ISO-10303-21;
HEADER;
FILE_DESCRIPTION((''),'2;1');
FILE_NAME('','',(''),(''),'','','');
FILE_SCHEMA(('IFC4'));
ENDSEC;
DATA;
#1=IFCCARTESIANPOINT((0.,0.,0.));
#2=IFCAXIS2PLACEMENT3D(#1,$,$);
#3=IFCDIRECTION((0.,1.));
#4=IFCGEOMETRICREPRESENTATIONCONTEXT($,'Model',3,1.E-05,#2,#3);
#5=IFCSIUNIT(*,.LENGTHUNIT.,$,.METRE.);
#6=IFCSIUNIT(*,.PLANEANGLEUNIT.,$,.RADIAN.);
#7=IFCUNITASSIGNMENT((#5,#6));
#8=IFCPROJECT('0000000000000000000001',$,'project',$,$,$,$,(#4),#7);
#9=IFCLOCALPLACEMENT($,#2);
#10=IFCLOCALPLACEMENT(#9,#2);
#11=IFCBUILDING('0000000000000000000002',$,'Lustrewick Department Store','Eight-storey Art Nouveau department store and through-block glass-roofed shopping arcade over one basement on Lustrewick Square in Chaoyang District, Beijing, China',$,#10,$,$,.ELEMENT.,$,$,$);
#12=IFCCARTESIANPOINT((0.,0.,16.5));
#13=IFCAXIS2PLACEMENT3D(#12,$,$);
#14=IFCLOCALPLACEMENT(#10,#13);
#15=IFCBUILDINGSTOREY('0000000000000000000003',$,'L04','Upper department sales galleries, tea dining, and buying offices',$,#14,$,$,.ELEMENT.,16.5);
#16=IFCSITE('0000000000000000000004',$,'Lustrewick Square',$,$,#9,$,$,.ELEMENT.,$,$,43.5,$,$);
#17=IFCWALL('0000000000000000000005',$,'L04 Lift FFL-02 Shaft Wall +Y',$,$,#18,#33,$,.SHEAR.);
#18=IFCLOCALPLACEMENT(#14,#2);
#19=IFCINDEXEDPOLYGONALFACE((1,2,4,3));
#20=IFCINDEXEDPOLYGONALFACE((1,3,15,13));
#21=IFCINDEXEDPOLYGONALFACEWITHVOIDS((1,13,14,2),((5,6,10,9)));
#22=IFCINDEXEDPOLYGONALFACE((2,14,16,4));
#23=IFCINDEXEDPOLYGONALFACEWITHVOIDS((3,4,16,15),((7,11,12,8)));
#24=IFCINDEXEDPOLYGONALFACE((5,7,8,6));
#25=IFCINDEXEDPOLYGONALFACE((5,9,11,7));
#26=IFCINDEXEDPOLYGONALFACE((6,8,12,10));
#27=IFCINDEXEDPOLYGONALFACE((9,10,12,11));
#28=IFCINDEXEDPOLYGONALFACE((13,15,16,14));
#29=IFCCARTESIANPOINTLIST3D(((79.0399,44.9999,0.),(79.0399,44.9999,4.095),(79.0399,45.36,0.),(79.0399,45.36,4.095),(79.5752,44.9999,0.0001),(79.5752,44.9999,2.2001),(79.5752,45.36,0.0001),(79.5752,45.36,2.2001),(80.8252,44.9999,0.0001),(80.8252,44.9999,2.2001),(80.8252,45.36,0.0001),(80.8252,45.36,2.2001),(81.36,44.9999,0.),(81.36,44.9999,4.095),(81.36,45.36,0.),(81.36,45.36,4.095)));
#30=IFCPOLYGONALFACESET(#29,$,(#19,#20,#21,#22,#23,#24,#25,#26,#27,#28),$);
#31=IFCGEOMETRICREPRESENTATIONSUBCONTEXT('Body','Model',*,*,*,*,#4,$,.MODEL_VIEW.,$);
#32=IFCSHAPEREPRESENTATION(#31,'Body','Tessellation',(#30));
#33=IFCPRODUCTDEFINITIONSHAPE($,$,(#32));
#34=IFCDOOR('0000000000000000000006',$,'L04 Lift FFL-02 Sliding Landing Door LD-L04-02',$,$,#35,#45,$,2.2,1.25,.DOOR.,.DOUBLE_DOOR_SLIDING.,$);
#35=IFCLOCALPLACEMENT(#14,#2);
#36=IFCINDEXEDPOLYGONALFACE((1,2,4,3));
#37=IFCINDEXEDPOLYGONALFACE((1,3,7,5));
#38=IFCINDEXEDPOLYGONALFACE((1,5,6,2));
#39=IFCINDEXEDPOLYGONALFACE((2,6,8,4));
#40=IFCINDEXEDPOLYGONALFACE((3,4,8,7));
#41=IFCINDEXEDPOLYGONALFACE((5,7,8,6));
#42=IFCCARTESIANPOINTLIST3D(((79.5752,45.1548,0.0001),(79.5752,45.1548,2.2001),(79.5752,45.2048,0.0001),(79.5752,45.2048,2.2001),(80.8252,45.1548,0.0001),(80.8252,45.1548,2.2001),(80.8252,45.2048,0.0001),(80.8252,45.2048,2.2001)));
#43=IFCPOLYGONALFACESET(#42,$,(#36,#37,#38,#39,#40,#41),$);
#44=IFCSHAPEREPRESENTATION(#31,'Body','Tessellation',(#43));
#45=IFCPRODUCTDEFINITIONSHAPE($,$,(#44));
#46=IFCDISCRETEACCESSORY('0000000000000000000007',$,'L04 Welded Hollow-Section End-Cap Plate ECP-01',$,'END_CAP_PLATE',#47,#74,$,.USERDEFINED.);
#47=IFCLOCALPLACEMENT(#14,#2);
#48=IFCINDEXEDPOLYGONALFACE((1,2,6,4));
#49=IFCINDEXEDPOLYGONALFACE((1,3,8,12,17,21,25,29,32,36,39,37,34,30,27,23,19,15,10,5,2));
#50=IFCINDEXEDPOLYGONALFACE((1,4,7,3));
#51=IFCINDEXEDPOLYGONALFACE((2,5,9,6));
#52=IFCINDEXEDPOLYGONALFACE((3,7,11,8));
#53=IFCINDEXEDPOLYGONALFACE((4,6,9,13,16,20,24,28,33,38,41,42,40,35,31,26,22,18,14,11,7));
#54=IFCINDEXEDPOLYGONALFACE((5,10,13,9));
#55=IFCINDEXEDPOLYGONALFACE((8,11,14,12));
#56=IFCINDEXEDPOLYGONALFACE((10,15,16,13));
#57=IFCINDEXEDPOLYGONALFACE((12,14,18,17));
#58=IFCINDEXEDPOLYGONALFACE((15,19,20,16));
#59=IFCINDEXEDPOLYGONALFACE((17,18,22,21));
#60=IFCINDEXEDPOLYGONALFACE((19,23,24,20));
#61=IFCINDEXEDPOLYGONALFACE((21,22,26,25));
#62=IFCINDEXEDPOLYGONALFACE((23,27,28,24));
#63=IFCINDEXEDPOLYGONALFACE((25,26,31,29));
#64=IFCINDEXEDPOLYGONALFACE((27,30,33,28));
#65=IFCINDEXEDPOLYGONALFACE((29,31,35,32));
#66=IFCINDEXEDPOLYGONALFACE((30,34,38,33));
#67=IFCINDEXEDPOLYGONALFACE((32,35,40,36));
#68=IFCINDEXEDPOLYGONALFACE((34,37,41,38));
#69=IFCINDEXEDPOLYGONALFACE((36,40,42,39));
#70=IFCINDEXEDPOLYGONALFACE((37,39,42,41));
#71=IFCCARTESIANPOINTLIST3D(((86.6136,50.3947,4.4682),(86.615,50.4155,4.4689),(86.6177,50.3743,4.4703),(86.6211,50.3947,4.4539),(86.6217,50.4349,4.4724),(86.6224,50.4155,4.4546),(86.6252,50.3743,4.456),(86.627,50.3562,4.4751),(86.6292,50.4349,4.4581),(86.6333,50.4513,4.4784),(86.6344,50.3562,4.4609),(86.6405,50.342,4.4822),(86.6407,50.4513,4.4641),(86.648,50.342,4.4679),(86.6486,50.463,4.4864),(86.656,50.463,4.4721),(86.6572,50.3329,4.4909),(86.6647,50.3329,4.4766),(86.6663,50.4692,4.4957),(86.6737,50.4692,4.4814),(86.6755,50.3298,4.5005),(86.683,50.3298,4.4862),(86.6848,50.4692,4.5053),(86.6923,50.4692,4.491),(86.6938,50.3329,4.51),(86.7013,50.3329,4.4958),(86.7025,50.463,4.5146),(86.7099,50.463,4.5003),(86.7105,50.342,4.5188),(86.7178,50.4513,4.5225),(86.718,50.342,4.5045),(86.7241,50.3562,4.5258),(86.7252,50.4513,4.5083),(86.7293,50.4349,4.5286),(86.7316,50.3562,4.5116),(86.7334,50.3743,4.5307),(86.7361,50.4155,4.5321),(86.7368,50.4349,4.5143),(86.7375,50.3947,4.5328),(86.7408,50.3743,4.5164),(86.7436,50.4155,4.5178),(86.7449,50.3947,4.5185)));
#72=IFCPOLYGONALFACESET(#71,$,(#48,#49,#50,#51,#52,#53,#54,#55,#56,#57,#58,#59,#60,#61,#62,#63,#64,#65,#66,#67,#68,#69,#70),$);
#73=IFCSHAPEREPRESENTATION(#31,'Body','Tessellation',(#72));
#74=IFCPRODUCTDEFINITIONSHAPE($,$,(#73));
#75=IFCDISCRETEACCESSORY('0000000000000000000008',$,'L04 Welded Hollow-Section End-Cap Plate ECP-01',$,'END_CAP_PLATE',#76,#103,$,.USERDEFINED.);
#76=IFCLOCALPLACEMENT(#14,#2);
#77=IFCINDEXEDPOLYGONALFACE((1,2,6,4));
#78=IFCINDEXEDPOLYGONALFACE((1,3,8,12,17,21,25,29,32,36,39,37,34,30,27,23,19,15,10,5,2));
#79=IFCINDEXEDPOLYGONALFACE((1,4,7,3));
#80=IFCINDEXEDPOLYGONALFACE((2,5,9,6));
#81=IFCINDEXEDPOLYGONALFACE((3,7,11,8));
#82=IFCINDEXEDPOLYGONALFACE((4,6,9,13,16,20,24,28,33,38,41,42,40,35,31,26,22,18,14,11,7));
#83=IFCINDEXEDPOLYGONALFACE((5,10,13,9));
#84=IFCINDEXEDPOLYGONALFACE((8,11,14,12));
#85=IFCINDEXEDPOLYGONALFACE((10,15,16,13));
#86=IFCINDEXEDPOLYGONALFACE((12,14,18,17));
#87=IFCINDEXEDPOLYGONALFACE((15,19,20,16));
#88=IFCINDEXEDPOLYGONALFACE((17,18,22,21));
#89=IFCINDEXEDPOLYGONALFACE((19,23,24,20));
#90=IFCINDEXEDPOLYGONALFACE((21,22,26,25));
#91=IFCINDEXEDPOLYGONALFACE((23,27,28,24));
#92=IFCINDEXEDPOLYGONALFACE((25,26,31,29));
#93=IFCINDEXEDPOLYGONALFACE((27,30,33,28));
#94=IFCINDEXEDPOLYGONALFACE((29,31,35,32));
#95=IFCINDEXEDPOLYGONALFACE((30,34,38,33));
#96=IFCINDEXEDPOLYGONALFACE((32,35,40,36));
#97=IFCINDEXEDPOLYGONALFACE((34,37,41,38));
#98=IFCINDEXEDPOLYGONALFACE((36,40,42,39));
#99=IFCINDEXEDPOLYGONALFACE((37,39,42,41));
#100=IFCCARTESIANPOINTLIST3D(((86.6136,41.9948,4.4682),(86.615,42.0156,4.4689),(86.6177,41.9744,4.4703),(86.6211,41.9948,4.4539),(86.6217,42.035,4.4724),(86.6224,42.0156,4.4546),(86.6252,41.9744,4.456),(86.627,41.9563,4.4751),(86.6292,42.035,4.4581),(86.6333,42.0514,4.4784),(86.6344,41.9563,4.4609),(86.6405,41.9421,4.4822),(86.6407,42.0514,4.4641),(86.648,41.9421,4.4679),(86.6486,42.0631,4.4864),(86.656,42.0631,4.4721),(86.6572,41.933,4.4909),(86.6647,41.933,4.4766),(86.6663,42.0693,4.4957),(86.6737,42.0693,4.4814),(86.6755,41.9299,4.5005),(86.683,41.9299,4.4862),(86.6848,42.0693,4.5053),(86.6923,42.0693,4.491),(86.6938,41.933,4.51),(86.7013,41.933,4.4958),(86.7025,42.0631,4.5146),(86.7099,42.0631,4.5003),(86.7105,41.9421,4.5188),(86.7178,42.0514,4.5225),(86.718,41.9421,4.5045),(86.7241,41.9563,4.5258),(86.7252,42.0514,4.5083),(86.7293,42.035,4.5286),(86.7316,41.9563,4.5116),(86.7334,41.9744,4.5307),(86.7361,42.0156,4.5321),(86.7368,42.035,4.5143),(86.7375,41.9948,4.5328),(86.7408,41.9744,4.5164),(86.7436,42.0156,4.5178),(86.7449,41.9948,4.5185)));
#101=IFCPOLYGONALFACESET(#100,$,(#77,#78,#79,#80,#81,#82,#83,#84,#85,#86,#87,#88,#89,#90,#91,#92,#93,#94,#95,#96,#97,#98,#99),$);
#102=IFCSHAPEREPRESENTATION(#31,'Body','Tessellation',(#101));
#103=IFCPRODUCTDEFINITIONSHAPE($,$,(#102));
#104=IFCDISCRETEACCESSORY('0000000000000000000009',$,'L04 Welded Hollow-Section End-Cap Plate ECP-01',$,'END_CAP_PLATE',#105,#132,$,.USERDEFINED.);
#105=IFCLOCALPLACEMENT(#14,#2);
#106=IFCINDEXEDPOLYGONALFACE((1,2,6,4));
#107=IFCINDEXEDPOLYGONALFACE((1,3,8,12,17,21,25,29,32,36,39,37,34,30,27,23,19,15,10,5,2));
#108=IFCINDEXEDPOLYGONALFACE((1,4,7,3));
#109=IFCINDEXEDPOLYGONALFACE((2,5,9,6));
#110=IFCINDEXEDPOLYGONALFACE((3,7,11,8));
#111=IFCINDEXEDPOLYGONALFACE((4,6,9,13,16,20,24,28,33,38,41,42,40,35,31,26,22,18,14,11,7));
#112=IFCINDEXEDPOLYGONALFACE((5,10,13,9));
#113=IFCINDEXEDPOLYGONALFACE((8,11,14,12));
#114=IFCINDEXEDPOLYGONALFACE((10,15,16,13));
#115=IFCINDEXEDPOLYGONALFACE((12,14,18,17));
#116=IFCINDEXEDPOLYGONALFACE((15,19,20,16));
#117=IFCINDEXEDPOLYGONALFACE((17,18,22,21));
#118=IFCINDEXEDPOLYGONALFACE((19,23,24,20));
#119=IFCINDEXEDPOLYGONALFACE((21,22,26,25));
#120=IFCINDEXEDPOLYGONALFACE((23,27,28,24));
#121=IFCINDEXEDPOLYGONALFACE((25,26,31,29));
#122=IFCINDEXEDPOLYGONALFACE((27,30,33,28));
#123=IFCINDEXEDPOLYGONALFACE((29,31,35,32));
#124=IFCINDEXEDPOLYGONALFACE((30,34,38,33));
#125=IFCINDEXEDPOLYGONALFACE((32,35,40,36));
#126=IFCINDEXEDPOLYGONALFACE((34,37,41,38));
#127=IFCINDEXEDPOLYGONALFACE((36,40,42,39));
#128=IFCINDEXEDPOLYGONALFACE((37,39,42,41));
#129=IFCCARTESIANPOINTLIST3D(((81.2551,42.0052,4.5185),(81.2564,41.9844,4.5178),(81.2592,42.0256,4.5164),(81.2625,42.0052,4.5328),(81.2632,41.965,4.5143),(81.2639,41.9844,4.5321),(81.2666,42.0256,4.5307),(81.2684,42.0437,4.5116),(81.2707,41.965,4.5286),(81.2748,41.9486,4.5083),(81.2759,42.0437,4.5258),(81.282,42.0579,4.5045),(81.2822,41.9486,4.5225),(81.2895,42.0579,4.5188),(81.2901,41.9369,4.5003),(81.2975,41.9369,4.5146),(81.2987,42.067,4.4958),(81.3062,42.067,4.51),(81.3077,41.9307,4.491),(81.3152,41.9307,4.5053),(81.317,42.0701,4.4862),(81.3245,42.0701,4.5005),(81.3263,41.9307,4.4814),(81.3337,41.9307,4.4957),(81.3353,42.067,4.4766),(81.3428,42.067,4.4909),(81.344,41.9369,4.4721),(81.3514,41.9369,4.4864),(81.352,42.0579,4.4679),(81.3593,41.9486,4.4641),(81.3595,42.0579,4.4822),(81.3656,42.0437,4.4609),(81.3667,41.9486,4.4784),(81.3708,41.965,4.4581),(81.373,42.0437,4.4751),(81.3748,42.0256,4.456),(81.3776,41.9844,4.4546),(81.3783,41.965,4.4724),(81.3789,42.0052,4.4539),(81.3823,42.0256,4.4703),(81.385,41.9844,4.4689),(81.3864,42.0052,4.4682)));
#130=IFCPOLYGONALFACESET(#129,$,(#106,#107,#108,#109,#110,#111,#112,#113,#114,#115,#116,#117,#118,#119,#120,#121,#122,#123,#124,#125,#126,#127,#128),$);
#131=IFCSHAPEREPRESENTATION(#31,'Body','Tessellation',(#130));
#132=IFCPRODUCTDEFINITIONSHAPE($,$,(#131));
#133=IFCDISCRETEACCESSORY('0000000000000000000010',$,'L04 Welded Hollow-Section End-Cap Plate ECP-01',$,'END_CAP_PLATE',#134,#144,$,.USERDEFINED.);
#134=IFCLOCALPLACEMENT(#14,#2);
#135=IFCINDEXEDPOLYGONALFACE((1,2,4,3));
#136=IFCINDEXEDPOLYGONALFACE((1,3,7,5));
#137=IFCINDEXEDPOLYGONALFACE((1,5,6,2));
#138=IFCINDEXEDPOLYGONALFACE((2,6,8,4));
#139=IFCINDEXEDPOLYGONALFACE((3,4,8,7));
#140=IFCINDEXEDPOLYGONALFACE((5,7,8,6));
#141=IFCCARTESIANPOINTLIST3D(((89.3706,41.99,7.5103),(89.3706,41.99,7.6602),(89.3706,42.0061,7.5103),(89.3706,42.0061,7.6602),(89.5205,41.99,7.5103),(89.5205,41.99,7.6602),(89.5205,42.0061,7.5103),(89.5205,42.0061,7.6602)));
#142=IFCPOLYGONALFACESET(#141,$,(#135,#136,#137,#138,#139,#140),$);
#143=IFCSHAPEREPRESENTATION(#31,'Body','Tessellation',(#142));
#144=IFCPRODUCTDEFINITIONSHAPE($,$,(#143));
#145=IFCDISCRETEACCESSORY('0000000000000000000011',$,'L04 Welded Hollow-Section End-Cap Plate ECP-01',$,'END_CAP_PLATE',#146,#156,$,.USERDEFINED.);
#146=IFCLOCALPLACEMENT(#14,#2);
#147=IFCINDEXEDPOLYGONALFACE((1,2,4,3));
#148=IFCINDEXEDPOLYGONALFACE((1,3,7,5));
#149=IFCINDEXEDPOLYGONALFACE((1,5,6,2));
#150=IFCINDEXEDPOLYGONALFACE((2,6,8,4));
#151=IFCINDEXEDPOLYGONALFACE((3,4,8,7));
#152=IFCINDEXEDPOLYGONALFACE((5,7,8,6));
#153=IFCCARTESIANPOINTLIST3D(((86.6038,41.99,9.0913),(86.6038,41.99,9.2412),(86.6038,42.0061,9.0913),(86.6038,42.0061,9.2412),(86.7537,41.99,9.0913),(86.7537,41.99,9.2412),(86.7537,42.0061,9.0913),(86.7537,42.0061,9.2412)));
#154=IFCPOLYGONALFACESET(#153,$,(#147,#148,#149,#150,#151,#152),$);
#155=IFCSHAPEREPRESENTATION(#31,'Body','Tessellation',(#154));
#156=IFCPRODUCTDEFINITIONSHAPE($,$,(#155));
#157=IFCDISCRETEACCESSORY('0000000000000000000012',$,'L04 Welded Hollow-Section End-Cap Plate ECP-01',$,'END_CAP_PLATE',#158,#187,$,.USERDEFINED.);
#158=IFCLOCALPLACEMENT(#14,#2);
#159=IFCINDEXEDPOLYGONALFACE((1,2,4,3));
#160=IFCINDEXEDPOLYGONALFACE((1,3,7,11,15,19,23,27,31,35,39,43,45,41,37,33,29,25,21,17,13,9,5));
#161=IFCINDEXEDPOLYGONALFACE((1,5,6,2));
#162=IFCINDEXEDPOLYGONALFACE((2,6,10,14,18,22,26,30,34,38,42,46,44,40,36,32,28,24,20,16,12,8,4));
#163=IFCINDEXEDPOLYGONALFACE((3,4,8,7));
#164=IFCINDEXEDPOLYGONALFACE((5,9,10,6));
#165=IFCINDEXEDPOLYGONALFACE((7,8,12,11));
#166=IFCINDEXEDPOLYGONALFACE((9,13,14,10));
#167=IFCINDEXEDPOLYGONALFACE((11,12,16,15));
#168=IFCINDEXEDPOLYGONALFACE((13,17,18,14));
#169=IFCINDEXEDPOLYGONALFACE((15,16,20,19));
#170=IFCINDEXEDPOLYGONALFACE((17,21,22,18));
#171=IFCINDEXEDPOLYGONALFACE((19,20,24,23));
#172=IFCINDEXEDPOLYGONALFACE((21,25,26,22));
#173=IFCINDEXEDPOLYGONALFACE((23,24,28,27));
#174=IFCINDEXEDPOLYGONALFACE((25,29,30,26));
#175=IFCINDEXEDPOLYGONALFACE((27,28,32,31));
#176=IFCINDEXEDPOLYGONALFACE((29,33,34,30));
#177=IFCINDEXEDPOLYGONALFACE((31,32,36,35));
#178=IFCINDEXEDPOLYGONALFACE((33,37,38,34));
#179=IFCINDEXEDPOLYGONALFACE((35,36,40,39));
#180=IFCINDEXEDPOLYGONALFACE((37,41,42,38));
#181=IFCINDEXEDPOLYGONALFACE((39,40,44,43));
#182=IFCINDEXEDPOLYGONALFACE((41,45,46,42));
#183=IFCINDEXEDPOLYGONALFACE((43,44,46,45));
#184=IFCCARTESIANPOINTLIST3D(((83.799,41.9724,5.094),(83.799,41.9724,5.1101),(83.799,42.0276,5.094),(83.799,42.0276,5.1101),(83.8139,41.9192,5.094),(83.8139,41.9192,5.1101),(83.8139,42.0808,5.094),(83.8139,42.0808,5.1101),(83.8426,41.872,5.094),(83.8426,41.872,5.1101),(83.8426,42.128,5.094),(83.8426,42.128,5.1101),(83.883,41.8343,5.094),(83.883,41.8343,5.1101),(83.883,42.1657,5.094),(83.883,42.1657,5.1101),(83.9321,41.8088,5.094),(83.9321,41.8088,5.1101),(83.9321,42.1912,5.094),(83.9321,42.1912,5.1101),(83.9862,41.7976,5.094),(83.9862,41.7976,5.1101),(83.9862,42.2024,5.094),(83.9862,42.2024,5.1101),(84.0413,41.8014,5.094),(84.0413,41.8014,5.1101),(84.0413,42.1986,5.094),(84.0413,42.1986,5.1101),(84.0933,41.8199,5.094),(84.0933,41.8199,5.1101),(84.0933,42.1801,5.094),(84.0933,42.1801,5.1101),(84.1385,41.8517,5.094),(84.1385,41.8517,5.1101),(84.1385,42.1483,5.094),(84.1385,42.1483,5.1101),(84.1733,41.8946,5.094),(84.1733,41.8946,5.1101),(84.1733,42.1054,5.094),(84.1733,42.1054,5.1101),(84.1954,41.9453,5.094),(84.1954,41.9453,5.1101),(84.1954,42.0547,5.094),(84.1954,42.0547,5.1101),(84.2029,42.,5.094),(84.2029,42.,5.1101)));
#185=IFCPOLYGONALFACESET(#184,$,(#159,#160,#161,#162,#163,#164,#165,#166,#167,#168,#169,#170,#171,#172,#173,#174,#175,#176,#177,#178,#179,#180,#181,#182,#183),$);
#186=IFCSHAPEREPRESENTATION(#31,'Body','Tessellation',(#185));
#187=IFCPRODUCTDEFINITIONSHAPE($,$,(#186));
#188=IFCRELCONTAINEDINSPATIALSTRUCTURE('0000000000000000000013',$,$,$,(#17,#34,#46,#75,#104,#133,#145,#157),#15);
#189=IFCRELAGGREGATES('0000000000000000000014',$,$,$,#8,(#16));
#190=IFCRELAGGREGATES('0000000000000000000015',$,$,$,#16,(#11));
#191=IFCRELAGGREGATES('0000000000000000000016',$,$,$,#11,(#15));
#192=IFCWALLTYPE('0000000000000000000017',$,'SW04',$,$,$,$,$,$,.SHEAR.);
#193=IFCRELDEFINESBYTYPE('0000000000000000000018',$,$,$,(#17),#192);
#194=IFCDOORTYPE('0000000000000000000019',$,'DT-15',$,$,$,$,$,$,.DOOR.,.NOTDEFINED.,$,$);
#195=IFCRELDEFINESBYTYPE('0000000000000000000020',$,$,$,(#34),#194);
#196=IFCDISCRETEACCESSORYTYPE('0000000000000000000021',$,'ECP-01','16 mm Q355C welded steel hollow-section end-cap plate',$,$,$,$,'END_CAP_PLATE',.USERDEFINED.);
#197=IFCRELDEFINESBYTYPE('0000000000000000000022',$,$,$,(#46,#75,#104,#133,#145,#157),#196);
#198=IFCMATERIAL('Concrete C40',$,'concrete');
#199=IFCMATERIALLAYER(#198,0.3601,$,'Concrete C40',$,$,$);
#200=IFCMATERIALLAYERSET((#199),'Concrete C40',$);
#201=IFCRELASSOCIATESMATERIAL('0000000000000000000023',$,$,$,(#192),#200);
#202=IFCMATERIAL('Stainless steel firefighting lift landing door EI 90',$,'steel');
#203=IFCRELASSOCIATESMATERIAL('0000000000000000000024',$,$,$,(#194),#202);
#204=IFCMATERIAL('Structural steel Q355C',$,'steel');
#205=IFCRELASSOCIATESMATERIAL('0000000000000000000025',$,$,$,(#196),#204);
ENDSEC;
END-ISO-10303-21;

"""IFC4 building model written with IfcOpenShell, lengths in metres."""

from ifc_helpers import new_model, si_unit, direction, frame, frame_2d, origin, origin_2d, place, context, subcontext, project, spatial, rectangle, circle, extrude, material, layer, layer_set, type_object, element, fill, save


model = new_model("IFC4")

# Units and contexts
model_context = context("Model", 3, precision=1e-05, world=origin(), true_north=direction((0.0, 1.0)))
body_context = subcontext(model_context, "Body", "Model", "MODEL_VIEW")
ifc_project = project(units=[si_unit("LENGTHUNIT", "METRE"), si_unit("PLANEANGLEUNIT", "RADIAN")], contexts=[model_context])

# Site, building, storey
site_placement = place(None, origin())
site = spatial("IfcSite", under=ifc_project, at=site_placement, Name="Lustrewick Square", CompositionType="ELEMENT", RefElevation=43.5)
building_placement = place(site_placement, origin())
building = spatial("IfcBuilding", under=site, at=building_placement, Name="Lustrewick Department Store", Description="Eight-storey Art Nouveau department store and through-block glass-roofed shopping arcade over one basement on Lustrewick Square in Chaoyang District, Beijing, China", CompositionType="ELEMENT")
storey_placement = place(building_placement, frame((0.0, 0.0, 16.5)))
storey = spatial("IfcBuildingStorey", under=building, at=storey_placement, Name="L04", Description="Upper department sales galleries, tea dining, and buying offices", CompositionType="ELEMENT", Elevation=16.5)

# Shared definitions
ifc_material_1 = material(Name="Structural steel Q355C", Category="steel")

# Wall, opening, door
ifc_material_2 = material(Name="Concrete C40", Category="concrete")
ifc_layer_1 = layer(ifc_material_2, 0.3601, Name="Concrete C40")
ifc_layer_set_1 = layer_set([ifc_layer_1], Name="Concrete C40")
wall_type_1 = type_object("IfcWallType", Name="SW04", PredefinedType="SHEAR", material=ifc_layer_set_1)
wall_1_placement = place(storey_placement, frame((81.3601, 45.1799, 0.0), z_axis=(0.0, 0.0, 1.0), x_axis=(-1.0, 0.0, 0.0)))
wall_1 = element("IfcWall", 1, at=wall_1_placement, inside=storey, type_object=wall_type_1, Name="L04 Lift FFL-02 Shaft Wall +Y", PredefinedType="SHEAR", context=body_context, shape_type="SweptSolid", body=[
    extrude(rectangle(XDim=2.3201, YDim=0.3601, at=frame_2d((1.1602, 0.0))), origin(), (0.0, 0.0, 1.0), 4.095),
])
opening_1_placement = place(wall_1_placement, frame((0.5349, 0.0, 0.0)))
opening_1 = element("IfcOpeningElement", 2, at=opening_1_placement, cuts=wall_1, PredefinedType="OPENING", context=body_context, shape_type="SweptSolid", body=[
    extrude(rectangle(XDim=1.25, YDim=2.2, at=frame_2d((0.625, 1.1001))), frame((0.0, 0.1899, 0.0), z_axis=(0.0, -1.0, 0.0), x_axis=(1.0, 0.0, 0.0)), (0.0, 0.0, 1.0), 0.3801),
])
ifc_material_3 = material(Name="Stainless steel firefighting lift landing door EI 90", Category="steel")
door_type_1 = type_object("IfcDoorType", Name="DT-15", OperationType="NOTDEFINED", PredefinedType="DOOR", material=ifc_material_3)
door_1_placement = place(opening_1_placement, frame((1.25, 0.0, 0.0), z_axis=(0.0, 0.0, 1.0), x_axis=(-1.0, 0.0, 0.0)))
door_1 = element("IfcDoor", 3, at=door_1_placement, inside=storey, type_object=door_type_1, Name="L04 Lift FFL-02 Sliding Landing Door LD-L04-02", OperationType="DOUBLE_DOOR_SLIDING", OverallHeight=2.2, OverallWidth=1.25, PredefinedType="DOOR", context=body_context, shape_type="SweptSolid", body=[
    extrude(rectangle(XDim=1.25, YDim=2.2, at=frame_2d((0.625, 1.1001))), frame((0.0, 0.0249, 0.0), z_axis=(0.0, -1.0, 0.0), x_axis=(1.0, 0.0, 0.0)), (0.0, 0.0, 1.0), 0.05),
])
fill(opening_1, door_1)

# Discrete accessories
discrete_accessory_type = type_object("IfcDiscreteAccessoryType", Name="ECP-01", Description="16 mm Q355C welded steel hollow-section end-cap plate", ElementType="END_CAP_PLATE", PredefinedType="USERDEFINED", material=ifc_material_1)
for number, where, z_axis, x_axis, name in (
    (4, (86.6755, 50.3999, 4.5005), (0.462788, 0.0, -0.886469), (0.0, -1.0, 0.0), "L04 Welded Hollow-Section End-Cap Plate ECP-01"),
    (5, (86.6755, 42.0, 4.5005), (0.462788, 0.0, -0.886469), (0.0, -1.0, 0.0), "L04 Welded Hollow-Section End-Cap Plate ECP-01"),
    (6, (81.3245, 42.0, 4.5005), (-0.462788, 0.0, -0.886469), (0.0, 1.0, 0.0), "L04 Welded Hollow-Section End-Cap Plate ECP-01"),
):
    element("IfcDiscreteAccessory", number, at=place(storey_placement, frame(where, z_axis=z_axis, x_axis=x_axis)), inside=storey, type_object=discrete_accessory_type, Name=name, ObjectType="END_CAP_PLATE", PredefinedType="USERDEFINED", context=body_context, shape_type="SweptSolid", body=[
        extrude(circle(Radius=0.0701, at=origin_2d()), origin(), (0.0, 0.0, 1.0), 0.0161),
    ])
for number, where, z_axis, x_axis, name in (
    (7, (89.4456, 42.0061, 7.5852), (0.0, -1.0, 0.0), (-1.0, 0.0, 0.0), "L04 Welded Hollow-Section End-Cap Plate ECP-01"),
    (8, (86.6787, 42.0061, 9.1663), (0.0, -1.0, 0.0), (-1.0, 0.0, 0.0), "L04 Welded Hollow-Section End-Cap Plate ECP-01"),
):
    element("IfcDiscreteAccessory", number, at=place(storey_placement, frame(where, z_axis=z_axis, x_axis=x_axis)), inside=storey, type_object=discrete_accessory_type, Name=name, ObjectType="END_CAP_PLATE", PredefinedType="USERDEFINED", context=body_context, shape_type="SweptSolid", body=[
        extrude(rectangle(XDim=0.1499, YDim=0.1499, at=origin_2d()), origin(), (0.0, 0.0, 1.0), 0.0161),
    ])
discrete_accessory_1_placement = place(storey_placement, frame((84.0, 42.0, 5.094), z_axis=(0.0, 0.0, 1.0), x_axis=(1.0, 0.0, 0.0)))
element("IfcDiscreteAccessory", 9, at=discrete_accessory_1_placement, inside=storey, type_object=discrete_accessory_type, Name="L04 Welded Hollow-Section End-Cap Plate ECP-01", ObjectType="END_CAP_PLATE", PredefinedType="USERDEFINED", context=body_context, shape_type="SweptSolid", body=[
    extrude(circle(Radius=0.2029, at=origin_2d()), origin(), (0.0, 0.0, 1.0), 0.0161),
])

save(model, "model.ifc")
